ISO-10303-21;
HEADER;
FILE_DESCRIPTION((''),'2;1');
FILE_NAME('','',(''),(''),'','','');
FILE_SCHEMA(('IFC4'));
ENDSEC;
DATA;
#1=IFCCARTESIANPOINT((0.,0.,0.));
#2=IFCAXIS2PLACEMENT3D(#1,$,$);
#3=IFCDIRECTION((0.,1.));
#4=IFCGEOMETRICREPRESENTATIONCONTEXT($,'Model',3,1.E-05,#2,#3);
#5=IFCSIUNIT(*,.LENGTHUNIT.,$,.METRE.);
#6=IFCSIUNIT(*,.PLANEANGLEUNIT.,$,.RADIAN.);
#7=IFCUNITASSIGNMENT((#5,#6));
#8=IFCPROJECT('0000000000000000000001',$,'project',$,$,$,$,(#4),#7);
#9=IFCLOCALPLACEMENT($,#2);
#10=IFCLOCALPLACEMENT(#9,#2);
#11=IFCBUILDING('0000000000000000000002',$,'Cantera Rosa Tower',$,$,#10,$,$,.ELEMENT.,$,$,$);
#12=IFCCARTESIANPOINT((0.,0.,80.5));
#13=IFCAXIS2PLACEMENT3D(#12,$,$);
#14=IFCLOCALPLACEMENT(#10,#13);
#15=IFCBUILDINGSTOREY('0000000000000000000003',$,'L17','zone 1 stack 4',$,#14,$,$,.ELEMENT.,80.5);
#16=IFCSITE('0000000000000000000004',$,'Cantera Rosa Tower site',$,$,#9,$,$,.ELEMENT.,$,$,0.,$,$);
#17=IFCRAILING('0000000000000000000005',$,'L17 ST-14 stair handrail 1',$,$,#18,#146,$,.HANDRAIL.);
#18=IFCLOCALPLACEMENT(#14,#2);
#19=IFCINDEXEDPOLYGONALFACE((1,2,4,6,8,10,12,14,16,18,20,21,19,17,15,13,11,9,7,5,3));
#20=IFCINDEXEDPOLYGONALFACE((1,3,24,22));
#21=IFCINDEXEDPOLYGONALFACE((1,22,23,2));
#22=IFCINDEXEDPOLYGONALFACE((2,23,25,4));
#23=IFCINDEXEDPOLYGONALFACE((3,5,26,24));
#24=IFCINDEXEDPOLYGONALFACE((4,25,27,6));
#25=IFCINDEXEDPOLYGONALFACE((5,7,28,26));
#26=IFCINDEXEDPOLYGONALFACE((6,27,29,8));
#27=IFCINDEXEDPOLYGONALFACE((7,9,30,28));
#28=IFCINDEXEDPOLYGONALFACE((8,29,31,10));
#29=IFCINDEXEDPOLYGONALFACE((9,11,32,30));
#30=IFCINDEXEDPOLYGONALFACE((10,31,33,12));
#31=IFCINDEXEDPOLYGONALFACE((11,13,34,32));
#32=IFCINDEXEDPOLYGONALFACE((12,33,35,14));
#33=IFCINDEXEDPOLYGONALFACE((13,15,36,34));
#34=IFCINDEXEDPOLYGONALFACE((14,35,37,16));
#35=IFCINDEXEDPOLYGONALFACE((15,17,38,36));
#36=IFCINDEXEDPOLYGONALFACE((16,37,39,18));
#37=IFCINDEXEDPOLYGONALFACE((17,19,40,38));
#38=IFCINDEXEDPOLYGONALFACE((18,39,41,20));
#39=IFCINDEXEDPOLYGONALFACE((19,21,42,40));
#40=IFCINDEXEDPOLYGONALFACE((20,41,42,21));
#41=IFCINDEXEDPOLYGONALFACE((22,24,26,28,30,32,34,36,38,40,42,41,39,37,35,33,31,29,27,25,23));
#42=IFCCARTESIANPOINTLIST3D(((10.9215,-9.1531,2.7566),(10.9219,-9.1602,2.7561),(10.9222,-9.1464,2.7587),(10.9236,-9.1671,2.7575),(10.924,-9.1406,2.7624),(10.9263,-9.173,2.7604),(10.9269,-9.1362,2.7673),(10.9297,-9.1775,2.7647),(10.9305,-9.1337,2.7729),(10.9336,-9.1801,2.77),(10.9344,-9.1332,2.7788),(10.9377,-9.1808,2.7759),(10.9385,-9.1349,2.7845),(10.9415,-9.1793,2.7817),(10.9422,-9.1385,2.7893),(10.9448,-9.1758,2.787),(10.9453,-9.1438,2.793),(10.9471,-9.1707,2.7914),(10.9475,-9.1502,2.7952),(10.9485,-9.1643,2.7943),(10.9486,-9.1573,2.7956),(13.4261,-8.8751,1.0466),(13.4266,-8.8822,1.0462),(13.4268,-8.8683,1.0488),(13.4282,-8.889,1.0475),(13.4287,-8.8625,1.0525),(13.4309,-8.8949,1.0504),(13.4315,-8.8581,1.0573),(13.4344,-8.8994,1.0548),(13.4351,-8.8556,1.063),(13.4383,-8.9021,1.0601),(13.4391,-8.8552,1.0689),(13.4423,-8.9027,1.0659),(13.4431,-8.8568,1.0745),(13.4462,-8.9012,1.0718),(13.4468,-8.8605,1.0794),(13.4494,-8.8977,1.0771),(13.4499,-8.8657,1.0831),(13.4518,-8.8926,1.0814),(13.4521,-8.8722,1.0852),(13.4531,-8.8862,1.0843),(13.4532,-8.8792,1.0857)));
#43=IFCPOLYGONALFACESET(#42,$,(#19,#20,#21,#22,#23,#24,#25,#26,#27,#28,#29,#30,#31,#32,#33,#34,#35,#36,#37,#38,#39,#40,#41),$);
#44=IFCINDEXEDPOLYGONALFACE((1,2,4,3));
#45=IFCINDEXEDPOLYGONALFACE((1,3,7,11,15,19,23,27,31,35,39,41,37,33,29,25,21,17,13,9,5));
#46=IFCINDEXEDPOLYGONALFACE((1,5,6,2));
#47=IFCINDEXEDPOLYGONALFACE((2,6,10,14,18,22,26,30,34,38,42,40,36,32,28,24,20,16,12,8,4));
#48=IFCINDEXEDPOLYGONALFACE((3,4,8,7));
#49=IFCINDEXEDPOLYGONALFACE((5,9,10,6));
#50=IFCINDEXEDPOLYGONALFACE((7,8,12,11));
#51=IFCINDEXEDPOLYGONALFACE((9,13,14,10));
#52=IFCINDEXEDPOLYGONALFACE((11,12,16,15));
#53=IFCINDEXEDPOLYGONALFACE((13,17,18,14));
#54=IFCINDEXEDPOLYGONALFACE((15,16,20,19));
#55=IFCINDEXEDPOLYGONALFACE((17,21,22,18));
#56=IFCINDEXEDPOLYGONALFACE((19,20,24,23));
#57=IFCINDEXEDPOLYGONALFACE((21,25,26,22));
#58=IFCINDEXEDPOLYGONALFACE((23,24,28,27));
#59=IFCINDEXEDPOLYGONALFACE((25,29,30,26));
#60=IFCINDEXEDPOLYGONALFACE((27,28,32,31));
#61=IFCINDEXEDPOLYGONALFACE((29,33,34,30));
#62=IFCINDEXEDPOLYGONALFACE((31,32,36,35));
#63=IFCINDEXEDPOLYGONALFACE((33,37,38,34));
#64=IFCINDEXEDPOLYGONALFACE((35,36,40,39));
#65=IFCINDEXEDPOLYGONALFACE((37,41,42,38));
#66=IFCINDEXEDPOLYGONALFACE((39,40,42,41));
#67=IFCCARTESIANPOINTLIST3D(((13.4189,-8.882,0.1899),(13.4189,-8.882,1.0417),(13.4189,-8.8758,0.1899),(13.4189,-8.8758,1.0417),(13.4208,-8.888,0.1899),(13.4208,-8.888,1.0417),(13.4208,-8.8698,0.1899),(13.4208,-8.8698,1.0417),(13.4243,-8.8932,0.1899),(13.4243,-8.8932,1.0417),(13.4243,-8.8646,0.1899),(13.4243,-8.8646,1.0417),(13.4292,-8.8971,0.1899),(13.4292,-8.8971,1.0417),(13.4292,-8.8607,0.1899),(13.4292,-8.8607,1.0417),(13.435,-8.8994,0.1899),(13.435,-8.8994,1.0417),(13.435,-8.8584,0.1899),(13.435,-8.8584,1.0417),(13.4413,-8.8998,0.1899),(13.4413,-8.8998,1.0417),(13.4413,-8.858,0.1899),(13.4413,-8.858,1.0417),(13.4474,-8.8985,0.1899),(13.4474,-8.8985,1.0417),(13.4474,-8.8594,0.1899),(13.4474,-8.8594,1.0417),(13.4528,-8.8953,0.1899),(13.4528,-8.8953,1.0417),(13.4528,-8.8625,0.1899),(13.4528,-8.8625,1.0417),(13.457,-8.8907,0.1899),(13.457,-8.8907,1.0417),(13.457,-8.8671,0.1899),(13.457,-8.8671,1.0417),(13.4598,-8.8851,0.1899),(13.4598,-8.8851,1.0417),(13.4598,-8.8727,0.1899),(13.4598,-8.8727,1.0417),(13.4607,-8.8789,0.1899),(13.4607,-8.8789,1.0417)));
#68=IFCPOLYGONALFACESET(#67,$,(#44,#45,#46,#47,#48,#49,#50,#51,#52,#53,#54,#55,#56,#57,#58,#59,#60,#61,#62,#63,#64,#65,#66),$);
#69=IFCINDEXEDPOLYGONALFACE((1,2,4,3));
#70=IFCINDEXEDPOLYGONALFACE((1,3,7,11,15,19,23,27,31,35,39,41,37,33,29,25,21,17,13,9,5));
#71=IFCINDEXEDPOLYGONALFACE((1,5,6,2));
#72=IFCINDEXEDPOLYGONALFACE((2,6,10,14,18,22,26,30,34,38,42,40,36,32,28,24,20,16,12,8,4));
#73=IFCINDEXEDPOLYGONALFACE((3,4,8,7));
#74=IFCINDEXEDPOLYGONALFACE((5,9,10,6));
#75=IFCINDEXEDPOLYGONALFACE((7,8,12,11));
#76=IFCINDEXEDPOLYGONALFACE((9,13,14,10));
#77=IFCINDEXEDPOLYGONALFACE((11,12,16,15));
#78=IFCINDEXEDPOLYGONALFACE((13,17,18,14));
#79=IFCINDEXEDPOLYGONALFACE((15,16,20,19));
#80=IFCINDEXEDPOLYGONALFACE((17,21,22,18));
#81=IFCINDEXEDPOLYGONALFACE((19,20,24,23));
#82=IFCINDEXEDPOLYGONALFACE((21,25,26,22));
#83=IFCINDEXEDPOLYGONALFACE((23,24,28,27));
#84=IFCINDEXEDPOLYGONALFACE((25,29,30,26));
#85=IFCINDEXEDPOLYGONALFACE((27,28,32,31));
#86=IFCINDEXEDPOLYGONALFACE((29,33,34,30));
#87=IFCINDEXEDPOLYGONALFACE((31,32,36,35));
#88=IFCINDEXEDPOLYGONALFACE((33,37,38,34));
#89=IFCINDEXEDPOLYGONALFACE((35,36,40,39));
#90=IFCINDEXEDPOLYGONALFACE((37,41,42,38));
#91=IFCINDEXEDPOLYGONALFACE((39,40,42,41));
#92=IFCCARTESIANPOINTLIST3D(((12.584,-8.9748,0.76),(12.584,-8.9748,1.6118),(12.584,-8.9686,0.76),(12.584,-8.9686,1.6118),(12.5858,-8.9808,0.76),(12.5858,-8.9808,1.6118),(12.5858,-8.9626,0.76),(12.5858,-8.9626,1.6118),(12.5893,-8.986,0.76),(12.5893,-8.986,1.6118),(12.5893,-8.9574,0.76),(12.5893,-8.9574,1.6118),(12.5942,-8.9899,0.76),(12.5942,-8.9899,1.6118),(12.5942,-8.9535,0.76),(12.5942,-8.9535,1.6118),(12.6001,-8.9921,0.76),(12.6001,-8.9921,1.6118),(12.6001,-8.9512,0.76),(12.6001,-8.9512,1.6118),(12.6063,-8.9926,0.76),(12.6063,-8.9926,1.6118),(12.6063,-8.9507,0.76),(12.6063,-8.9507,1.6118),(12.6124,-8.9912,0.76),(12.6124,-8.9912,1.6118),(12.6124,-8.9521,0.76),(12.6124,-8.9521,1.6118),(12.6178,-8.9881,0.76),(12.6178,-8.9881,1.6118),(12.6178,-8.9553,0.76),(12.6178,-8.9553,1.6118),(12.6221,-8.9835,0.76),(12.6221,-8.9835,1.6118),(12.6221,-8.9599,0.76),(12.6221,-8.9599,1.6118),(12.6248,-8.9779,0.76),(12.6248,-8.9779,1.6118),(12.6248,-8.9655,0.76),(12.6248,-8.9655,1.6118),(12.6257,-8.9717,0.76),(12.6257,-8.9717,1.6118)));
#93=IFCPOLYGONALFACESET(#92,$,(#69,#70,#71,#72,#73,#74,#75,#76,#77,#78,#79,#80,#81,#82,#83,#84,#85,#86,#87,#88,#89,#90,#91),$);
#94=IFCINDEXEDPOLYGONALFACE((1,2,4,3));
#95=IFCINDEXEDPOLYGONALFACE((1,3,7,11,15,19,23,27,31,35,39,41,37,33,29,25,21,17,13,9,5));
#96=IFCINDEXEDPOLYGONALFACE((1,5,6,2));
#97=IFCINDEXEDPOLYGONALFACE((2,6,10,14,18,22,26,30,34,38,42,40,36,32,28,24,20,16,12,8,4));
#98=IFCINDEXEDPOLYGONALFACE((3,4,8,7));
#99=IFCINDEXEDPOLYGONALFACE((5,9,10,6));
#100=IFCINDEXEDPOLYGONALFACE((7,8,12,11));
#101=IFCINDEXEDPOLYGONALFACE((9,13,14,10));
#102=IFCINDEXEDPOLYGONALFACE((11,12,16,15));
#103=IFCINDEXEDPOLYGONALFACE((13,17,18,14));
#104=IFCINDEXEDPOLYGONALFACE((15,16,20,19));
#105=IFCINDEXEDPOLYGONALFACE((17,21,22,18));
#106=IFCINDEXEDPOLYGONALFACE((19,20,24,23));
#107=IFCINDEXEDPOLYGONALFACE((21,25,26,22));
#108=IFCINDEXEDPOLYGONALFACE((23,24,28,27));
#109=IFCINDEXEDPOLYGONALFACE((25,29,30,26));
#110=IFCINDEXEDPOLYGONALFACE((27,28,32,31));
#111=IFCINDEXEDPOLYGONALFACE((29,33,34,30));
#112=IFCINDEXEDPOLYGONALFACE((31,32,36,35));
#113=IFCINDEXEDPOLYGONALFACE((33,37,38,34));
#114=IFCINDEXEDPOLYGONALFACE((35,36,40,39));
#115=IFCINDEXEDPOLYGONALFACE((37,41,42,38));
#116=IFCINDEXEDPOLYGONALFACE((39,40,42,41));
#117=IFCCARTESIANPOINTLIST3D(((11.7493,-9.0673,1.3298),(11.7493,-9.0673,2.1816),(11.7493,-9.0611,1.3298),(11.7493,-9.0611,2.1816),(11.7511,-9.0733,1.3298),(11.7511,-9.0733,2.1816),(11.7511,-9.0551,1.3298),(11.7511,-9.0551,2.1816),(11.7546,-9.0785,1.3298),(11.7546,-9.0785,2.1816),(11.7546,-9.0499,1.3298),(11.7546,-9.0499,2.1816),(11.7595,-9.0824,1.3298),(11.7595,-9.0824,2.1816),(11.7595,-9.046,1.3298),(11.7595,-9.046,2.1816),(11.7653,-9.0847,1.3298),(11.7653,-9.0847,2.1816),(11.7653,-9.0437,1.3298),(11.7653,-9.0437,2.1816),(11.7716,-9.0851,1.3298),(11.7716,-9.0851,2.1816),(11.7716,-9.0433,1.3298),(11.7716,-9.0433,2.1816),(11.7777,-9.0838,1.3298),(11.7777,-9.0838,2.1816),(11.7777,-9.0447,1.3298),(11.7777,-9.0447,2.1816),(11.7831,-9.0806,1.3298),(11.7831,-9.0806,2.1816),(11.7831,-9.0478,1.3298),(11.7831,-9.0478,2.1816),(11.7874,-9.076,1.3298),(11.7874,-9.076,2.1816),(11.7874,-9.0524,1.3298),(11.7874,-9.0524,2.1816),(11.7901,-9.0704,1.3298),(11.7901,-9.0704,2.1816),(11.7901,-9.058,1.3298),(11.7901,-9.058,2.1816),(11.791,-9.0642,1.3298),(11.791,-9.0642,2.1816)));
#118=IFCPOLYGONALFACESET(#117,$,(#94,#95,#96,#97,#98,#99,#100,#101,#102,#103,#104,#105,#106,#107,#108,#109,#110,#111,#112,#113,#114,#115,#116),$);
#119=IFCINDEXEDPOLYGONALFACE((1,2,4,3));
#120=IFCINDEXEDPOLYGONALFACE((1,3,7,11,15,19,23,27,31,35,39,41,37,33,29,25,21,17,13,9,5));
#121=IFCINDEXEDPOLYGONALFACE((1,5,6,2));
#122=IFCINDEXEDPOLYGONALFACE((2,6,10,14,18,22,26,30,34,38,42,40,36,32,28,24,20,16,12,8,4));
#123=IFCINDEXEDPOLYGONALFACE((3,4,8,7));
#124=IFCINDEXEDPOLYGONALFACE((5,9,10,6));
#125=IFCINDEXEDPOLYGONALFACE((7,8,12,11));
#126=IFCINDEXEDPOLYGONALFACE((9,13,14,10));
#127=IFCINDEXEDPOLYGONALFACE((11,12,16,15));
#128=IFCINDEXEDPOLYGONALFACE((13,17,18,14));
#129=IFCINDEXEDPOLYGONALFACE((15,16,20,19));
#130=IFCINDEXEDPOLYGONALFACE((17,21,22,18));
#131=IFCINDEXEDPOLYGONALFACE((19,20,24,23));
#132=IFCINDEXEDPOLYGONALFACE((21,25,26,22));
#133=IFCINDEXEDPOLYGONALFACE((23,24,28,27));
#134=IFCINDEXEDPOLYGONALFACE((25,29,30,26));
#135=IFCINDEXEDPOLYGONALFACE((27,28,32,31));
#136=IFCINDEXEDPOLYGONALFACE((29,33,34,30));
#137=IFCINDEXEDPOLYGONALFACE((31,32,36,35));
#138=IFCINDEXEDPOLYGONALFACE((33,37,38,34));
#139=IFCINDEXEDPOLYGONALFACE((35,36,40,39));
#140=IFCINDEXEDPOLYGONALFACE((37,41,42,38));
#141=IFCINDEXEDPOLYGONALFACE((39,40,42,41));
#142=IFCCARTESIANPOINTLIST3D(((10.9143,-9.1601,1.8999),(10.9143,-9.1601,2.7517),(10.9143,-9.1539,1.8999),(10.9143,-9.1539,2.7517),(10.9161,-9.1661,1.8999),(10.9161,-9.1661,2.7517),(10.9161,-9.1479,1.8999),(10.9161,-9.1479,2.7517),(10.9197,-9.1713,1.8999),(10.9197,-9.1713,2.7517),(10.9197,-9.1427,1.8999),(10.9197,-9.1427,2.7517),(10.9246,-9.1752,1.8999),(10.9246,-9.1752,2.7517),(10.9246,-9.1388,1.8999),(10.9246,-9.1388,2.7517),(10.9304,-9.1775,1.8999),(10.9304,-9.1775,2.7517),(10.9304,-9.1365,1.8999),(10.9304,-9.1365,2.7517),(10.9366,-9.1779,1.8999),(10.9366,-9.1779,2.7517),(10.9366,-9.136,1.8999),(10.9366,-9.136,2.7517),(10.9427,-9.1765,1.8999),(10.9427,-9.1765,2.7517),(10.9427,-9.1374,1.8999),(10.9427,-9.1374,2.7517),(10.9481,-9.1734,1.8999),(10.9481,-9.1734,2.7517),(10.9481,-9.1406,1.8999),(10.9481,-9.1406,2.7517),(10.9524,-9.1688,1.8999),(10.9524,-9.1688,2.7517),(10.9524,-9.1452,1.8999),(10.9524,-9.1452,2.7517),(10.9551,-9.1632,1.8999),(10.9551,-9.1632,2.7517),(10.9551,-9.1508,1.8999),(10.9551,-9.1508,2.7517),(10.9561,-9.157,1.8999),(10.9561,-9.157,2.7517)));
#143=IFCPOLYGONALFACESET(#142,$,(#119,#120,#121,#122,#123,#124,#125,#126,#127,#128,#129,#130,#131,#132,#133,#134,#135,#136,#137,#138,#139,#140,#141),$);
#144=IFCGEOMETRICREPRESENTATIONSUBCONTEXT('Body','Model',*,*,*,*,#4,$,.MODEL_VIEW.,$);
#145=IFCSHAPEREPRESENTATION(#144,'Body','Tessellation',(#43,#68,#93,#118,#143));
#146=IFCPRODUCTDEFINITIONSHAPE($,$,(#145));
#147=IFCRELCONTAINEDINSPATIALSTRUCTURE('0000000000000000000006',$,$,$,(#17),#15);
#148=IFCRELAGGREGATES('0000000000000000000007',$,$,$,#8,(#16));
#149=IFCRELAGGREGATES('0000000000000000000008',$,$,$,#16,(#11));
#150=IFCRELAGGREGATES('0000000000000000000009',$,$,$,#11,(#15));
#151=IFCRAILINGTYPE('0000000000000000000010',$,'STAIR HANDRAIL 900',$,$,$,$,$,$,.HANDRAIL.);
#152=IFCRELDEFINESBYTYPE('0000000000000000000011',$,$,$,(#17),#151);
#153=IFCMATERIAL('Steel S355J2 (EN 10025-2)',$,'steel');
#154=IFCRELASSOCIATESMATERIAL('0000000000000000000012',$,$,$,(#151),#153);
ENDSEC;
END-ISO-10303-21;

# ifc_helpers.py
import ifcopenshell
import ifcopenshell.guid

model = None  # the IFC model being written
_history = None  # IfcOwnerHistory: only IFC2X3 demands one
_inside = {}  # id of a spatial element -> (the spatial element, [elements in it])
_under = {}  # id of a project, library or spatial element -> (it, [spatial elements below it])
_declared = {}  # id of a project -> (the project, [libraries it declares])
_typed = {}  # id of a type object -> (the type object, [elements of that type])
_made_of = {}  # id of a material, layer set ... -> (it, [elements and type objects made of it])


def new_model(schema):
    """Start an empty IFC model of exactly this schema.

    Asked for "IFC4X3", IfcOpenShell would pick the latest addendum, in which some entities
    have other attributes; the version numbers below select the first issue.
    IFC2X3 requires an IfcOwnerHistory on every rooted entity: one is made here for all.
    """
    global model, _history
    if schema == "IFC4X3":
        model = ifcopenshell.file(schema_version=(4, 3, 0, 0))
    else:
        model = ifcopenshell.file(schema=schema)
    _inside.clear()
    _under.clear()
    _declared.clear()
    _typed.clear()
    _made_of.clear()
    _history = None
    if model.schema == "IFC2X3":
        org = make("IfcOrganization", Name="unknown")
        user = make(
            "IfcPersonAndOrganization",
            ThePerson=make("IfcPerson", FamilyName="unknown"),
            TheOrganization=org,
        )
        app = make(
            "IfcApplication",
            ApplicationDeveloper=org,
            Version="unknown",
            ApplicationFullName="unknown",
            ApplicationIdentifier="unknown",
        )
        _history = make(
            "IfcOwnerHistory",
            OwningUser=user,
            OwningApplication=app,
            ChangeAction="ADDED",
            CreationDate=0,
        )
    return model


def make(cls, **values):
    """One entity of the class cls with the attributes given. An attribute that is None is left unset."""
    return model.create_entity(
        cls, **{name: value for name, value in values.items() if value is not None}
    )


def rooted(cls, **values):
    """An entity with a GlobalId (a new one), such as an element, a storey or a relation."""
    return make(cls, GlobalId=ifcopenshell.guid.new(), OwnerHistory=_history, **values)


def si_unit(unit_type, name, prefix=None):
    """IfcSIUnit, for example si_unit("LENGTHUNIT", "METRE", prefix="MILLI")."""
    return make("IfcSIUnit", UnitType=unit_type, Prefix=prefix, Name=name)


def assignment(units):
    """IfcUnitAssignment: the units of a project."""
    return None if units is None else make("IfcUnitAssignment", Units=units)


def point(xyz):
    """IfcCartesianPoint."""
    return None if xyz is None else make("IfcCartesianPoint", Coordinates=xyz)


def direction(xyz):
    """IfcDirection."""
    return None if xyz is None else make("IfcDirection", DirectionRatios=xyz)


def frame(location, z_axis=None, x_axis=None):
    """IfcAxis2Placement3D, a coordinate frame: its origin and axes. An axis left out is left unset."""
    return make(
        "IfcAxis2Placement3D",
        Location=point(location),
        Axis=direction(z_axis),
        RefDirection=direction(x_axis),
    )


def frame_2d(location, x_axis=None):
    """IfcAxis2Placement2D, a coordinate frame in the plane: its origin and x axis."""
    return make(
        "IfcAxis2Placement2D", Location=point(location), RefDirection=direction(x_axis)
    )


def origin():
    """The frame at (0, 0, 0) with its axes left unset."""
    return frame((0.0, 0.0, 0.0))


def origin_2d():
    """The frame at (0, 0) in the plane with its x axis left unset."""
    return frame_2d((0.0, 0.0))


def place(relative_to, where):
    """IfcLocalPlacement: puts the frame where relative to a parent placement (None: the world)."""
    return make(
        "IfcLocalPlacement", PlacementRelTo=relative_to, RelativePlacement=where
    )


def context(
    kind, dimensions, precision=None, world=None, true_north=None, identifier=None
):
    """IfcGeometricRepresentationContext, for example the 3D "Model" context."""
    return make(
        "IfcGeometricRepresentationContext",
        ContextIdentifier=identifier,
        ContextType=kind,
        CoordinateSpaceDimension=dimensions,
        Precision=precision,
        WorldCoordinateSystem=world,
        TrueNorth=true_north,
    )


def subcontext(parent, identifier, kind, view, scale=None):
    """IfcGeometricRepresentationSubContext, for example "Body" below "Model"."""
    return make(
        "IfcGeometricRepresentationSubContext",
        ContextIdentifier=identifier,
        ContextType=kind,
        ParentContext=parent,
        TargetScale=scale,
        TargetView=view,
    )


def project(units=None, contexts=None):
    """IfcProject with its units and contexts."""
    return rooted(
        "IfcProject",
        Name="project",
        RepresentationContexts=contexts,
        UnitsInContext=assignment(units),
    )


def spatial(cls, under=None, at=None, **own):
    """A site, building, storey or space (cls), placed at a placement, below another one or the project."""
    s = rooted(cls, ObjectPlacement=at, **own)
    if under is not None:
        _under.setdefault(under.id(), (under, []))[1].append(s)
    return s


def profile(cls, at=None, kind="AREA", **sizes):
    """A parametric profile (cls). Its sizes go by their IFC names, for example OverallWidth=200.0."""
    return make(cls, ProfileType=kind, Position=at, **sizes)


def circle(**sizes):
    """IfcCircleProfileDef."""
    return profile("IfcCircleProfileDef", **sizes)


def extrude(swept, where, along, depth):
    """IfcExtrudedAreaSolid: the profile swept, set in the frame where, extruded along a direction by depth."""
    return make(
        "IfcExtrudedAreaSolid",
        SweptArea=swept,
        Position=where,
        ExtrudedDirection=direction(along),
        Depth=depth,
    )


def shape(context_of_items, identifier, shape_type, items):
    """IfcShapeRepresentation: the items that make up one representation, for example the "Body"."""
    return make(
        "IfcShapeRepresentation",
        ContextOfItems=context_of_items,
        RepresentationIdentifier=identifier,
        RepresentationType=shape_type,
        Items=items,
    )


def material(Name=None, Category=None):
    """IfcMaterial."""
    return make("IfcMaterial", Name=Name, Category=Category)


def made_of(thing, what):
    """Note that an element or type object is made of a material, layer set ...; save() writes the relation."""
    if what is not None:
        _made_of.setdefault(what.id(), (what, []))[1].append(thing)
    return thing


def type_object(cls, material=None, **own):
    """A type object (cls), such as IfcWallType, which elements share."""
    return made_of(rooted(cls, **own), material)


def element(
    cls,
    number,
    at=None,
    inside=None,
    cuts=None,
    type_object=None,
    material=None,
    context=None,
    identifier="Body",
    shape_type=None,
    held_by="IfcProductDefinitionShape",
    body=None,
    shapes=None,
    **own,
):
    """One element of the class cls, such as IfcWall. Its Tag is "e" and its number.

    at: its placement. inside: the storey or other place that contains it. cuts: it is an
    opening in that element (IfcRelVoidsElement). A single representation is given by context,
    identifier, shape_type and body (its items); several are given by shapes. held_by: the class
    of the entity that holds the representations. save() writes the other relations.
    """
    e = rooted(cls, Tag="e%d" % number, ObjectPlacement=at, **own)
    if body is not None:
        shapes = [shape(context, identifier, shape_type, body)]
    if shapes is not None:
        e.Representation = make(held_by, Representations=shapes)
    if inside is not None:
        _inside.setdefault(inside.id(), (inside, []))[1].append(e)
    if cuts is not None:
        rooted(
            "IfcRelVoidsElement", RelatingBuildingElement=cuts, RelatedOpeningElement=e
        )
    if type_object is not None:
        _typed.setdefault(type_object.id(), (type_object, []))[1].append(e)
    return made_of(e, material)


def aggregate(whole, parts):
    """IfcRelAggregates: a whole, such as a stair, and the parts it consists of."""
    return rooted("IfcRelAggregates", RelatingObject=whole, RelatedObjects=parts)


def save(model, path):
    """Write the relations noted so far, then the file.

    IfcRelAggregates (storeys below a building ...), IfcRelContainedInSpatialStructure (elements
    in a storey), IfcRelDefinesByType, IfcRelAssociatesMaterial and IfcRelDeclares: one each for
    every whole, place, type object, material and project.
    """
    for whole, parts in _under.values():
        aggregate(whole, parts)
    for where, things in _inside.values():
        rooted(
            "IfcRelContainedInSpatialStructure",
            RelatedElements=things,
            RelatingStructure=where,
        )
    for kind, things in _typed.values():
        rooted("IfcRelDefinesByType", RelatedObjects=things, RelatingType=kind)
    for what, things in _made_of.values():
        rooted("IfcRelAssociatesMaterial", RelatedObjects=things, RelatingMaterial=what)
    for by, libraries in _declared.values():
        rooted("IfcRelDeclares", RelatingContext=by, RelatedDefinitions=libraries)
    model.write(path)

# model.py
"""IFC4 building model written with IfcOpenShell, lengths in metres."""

from ifc_helpers import new_model, si_unit, direction, frame, origin, origin_2d, place, context, subcontext, project, spatial, circle, extrude, material, type_object, element, save


model = new_model("IFC4")

# Units and contexts
model_context = context("Model", 3, precision=1e-05, world=origin(), true_north=direction((0.0, 1.0)))
body_context = subcontext(model_context, "Body", "Model", "MODEL_VIEW")
ifc_project = project(units=[si_unit("LENGTHUNIT", "METRE"), si_unit("PLANEANGLEUNIT", "RADIAN")], contexts=[model_context])

# Site, building, storey
site_placement = place(None, origin())
site = spatial("IfcSite", under=ifc_project, at=site_placement, Name="Cantera Rosa Tower site", CompositionType="ELEMENT", RefElevation=0.0)
building_placement = place(site_placement, origin())
building = spatial("IfcBuilding", under=site, at=building_placement, Name="Cantera Rosa Tower", CompositionType="ELEMENT")
storey_placement = place(building_placement, frame((0.0, 0.0, 80.5)))
storey = spatial("IfcBuildingStorey", under=building, at=storey_placement, Name="L17", Description="zone 1 stack 4", CompositionType="ELEMENT", Elevation=80.5)

# Railing
ifc_material_1 = material(Name="Steel S355J2 (EN 10025-2)", Category="steel")
railing_type_1 = type_object("IfcRailingType", Name="STAIR HANDRAIL 900", PredefinedType="HANDRAIL", material=ifc_material_1)
railing_1_placement = place(storey_placement, frame((13.4397, -8.8789, 0.1899)))
element("IfcRailing", 1, at=railing_1_placement, inside=storey, type_object=railing_type_1, Name="L17 ST-14 stair handrail 1", PredefinedType="HANDRAIL", context=body_context, shape_type="SweptSolid", body=[
    extrude(circle(Radius=0.0239, at=origin_2d()), frame((0.0, 0.0, 0.876), z_axis=(-0.822431, -0.09131, 0.561488), x_axis=(0.110346, -0.993893, 0.0)), (0.0, 0.0, 1.0), 3.0454),
    extrude(circle(Radius=0.021, at=origin_2d()), origin(), (0.0, 0.0, 1.0), 0.8518),
    extrude(circle(Radius=0.021, at=origin_2d()), frame((-0.835, -0.0928, 0.5701)), (0.0, 0.0, 1.0), 0.8518),
    extrude(circle(Radius=0.021, at=origin_2d()), frame((-1.6697, -0.1853, 1.1399)), (0.0, 0.0, 1.0), 0.8518),
    extrude(circle(Radius=0.021, at=origin_2d()), frame((-2.5046, -0.2781, 1.71)), (0.0, 0.0, 1.0), 0.8518),
])

save(model, "model.ifc")
